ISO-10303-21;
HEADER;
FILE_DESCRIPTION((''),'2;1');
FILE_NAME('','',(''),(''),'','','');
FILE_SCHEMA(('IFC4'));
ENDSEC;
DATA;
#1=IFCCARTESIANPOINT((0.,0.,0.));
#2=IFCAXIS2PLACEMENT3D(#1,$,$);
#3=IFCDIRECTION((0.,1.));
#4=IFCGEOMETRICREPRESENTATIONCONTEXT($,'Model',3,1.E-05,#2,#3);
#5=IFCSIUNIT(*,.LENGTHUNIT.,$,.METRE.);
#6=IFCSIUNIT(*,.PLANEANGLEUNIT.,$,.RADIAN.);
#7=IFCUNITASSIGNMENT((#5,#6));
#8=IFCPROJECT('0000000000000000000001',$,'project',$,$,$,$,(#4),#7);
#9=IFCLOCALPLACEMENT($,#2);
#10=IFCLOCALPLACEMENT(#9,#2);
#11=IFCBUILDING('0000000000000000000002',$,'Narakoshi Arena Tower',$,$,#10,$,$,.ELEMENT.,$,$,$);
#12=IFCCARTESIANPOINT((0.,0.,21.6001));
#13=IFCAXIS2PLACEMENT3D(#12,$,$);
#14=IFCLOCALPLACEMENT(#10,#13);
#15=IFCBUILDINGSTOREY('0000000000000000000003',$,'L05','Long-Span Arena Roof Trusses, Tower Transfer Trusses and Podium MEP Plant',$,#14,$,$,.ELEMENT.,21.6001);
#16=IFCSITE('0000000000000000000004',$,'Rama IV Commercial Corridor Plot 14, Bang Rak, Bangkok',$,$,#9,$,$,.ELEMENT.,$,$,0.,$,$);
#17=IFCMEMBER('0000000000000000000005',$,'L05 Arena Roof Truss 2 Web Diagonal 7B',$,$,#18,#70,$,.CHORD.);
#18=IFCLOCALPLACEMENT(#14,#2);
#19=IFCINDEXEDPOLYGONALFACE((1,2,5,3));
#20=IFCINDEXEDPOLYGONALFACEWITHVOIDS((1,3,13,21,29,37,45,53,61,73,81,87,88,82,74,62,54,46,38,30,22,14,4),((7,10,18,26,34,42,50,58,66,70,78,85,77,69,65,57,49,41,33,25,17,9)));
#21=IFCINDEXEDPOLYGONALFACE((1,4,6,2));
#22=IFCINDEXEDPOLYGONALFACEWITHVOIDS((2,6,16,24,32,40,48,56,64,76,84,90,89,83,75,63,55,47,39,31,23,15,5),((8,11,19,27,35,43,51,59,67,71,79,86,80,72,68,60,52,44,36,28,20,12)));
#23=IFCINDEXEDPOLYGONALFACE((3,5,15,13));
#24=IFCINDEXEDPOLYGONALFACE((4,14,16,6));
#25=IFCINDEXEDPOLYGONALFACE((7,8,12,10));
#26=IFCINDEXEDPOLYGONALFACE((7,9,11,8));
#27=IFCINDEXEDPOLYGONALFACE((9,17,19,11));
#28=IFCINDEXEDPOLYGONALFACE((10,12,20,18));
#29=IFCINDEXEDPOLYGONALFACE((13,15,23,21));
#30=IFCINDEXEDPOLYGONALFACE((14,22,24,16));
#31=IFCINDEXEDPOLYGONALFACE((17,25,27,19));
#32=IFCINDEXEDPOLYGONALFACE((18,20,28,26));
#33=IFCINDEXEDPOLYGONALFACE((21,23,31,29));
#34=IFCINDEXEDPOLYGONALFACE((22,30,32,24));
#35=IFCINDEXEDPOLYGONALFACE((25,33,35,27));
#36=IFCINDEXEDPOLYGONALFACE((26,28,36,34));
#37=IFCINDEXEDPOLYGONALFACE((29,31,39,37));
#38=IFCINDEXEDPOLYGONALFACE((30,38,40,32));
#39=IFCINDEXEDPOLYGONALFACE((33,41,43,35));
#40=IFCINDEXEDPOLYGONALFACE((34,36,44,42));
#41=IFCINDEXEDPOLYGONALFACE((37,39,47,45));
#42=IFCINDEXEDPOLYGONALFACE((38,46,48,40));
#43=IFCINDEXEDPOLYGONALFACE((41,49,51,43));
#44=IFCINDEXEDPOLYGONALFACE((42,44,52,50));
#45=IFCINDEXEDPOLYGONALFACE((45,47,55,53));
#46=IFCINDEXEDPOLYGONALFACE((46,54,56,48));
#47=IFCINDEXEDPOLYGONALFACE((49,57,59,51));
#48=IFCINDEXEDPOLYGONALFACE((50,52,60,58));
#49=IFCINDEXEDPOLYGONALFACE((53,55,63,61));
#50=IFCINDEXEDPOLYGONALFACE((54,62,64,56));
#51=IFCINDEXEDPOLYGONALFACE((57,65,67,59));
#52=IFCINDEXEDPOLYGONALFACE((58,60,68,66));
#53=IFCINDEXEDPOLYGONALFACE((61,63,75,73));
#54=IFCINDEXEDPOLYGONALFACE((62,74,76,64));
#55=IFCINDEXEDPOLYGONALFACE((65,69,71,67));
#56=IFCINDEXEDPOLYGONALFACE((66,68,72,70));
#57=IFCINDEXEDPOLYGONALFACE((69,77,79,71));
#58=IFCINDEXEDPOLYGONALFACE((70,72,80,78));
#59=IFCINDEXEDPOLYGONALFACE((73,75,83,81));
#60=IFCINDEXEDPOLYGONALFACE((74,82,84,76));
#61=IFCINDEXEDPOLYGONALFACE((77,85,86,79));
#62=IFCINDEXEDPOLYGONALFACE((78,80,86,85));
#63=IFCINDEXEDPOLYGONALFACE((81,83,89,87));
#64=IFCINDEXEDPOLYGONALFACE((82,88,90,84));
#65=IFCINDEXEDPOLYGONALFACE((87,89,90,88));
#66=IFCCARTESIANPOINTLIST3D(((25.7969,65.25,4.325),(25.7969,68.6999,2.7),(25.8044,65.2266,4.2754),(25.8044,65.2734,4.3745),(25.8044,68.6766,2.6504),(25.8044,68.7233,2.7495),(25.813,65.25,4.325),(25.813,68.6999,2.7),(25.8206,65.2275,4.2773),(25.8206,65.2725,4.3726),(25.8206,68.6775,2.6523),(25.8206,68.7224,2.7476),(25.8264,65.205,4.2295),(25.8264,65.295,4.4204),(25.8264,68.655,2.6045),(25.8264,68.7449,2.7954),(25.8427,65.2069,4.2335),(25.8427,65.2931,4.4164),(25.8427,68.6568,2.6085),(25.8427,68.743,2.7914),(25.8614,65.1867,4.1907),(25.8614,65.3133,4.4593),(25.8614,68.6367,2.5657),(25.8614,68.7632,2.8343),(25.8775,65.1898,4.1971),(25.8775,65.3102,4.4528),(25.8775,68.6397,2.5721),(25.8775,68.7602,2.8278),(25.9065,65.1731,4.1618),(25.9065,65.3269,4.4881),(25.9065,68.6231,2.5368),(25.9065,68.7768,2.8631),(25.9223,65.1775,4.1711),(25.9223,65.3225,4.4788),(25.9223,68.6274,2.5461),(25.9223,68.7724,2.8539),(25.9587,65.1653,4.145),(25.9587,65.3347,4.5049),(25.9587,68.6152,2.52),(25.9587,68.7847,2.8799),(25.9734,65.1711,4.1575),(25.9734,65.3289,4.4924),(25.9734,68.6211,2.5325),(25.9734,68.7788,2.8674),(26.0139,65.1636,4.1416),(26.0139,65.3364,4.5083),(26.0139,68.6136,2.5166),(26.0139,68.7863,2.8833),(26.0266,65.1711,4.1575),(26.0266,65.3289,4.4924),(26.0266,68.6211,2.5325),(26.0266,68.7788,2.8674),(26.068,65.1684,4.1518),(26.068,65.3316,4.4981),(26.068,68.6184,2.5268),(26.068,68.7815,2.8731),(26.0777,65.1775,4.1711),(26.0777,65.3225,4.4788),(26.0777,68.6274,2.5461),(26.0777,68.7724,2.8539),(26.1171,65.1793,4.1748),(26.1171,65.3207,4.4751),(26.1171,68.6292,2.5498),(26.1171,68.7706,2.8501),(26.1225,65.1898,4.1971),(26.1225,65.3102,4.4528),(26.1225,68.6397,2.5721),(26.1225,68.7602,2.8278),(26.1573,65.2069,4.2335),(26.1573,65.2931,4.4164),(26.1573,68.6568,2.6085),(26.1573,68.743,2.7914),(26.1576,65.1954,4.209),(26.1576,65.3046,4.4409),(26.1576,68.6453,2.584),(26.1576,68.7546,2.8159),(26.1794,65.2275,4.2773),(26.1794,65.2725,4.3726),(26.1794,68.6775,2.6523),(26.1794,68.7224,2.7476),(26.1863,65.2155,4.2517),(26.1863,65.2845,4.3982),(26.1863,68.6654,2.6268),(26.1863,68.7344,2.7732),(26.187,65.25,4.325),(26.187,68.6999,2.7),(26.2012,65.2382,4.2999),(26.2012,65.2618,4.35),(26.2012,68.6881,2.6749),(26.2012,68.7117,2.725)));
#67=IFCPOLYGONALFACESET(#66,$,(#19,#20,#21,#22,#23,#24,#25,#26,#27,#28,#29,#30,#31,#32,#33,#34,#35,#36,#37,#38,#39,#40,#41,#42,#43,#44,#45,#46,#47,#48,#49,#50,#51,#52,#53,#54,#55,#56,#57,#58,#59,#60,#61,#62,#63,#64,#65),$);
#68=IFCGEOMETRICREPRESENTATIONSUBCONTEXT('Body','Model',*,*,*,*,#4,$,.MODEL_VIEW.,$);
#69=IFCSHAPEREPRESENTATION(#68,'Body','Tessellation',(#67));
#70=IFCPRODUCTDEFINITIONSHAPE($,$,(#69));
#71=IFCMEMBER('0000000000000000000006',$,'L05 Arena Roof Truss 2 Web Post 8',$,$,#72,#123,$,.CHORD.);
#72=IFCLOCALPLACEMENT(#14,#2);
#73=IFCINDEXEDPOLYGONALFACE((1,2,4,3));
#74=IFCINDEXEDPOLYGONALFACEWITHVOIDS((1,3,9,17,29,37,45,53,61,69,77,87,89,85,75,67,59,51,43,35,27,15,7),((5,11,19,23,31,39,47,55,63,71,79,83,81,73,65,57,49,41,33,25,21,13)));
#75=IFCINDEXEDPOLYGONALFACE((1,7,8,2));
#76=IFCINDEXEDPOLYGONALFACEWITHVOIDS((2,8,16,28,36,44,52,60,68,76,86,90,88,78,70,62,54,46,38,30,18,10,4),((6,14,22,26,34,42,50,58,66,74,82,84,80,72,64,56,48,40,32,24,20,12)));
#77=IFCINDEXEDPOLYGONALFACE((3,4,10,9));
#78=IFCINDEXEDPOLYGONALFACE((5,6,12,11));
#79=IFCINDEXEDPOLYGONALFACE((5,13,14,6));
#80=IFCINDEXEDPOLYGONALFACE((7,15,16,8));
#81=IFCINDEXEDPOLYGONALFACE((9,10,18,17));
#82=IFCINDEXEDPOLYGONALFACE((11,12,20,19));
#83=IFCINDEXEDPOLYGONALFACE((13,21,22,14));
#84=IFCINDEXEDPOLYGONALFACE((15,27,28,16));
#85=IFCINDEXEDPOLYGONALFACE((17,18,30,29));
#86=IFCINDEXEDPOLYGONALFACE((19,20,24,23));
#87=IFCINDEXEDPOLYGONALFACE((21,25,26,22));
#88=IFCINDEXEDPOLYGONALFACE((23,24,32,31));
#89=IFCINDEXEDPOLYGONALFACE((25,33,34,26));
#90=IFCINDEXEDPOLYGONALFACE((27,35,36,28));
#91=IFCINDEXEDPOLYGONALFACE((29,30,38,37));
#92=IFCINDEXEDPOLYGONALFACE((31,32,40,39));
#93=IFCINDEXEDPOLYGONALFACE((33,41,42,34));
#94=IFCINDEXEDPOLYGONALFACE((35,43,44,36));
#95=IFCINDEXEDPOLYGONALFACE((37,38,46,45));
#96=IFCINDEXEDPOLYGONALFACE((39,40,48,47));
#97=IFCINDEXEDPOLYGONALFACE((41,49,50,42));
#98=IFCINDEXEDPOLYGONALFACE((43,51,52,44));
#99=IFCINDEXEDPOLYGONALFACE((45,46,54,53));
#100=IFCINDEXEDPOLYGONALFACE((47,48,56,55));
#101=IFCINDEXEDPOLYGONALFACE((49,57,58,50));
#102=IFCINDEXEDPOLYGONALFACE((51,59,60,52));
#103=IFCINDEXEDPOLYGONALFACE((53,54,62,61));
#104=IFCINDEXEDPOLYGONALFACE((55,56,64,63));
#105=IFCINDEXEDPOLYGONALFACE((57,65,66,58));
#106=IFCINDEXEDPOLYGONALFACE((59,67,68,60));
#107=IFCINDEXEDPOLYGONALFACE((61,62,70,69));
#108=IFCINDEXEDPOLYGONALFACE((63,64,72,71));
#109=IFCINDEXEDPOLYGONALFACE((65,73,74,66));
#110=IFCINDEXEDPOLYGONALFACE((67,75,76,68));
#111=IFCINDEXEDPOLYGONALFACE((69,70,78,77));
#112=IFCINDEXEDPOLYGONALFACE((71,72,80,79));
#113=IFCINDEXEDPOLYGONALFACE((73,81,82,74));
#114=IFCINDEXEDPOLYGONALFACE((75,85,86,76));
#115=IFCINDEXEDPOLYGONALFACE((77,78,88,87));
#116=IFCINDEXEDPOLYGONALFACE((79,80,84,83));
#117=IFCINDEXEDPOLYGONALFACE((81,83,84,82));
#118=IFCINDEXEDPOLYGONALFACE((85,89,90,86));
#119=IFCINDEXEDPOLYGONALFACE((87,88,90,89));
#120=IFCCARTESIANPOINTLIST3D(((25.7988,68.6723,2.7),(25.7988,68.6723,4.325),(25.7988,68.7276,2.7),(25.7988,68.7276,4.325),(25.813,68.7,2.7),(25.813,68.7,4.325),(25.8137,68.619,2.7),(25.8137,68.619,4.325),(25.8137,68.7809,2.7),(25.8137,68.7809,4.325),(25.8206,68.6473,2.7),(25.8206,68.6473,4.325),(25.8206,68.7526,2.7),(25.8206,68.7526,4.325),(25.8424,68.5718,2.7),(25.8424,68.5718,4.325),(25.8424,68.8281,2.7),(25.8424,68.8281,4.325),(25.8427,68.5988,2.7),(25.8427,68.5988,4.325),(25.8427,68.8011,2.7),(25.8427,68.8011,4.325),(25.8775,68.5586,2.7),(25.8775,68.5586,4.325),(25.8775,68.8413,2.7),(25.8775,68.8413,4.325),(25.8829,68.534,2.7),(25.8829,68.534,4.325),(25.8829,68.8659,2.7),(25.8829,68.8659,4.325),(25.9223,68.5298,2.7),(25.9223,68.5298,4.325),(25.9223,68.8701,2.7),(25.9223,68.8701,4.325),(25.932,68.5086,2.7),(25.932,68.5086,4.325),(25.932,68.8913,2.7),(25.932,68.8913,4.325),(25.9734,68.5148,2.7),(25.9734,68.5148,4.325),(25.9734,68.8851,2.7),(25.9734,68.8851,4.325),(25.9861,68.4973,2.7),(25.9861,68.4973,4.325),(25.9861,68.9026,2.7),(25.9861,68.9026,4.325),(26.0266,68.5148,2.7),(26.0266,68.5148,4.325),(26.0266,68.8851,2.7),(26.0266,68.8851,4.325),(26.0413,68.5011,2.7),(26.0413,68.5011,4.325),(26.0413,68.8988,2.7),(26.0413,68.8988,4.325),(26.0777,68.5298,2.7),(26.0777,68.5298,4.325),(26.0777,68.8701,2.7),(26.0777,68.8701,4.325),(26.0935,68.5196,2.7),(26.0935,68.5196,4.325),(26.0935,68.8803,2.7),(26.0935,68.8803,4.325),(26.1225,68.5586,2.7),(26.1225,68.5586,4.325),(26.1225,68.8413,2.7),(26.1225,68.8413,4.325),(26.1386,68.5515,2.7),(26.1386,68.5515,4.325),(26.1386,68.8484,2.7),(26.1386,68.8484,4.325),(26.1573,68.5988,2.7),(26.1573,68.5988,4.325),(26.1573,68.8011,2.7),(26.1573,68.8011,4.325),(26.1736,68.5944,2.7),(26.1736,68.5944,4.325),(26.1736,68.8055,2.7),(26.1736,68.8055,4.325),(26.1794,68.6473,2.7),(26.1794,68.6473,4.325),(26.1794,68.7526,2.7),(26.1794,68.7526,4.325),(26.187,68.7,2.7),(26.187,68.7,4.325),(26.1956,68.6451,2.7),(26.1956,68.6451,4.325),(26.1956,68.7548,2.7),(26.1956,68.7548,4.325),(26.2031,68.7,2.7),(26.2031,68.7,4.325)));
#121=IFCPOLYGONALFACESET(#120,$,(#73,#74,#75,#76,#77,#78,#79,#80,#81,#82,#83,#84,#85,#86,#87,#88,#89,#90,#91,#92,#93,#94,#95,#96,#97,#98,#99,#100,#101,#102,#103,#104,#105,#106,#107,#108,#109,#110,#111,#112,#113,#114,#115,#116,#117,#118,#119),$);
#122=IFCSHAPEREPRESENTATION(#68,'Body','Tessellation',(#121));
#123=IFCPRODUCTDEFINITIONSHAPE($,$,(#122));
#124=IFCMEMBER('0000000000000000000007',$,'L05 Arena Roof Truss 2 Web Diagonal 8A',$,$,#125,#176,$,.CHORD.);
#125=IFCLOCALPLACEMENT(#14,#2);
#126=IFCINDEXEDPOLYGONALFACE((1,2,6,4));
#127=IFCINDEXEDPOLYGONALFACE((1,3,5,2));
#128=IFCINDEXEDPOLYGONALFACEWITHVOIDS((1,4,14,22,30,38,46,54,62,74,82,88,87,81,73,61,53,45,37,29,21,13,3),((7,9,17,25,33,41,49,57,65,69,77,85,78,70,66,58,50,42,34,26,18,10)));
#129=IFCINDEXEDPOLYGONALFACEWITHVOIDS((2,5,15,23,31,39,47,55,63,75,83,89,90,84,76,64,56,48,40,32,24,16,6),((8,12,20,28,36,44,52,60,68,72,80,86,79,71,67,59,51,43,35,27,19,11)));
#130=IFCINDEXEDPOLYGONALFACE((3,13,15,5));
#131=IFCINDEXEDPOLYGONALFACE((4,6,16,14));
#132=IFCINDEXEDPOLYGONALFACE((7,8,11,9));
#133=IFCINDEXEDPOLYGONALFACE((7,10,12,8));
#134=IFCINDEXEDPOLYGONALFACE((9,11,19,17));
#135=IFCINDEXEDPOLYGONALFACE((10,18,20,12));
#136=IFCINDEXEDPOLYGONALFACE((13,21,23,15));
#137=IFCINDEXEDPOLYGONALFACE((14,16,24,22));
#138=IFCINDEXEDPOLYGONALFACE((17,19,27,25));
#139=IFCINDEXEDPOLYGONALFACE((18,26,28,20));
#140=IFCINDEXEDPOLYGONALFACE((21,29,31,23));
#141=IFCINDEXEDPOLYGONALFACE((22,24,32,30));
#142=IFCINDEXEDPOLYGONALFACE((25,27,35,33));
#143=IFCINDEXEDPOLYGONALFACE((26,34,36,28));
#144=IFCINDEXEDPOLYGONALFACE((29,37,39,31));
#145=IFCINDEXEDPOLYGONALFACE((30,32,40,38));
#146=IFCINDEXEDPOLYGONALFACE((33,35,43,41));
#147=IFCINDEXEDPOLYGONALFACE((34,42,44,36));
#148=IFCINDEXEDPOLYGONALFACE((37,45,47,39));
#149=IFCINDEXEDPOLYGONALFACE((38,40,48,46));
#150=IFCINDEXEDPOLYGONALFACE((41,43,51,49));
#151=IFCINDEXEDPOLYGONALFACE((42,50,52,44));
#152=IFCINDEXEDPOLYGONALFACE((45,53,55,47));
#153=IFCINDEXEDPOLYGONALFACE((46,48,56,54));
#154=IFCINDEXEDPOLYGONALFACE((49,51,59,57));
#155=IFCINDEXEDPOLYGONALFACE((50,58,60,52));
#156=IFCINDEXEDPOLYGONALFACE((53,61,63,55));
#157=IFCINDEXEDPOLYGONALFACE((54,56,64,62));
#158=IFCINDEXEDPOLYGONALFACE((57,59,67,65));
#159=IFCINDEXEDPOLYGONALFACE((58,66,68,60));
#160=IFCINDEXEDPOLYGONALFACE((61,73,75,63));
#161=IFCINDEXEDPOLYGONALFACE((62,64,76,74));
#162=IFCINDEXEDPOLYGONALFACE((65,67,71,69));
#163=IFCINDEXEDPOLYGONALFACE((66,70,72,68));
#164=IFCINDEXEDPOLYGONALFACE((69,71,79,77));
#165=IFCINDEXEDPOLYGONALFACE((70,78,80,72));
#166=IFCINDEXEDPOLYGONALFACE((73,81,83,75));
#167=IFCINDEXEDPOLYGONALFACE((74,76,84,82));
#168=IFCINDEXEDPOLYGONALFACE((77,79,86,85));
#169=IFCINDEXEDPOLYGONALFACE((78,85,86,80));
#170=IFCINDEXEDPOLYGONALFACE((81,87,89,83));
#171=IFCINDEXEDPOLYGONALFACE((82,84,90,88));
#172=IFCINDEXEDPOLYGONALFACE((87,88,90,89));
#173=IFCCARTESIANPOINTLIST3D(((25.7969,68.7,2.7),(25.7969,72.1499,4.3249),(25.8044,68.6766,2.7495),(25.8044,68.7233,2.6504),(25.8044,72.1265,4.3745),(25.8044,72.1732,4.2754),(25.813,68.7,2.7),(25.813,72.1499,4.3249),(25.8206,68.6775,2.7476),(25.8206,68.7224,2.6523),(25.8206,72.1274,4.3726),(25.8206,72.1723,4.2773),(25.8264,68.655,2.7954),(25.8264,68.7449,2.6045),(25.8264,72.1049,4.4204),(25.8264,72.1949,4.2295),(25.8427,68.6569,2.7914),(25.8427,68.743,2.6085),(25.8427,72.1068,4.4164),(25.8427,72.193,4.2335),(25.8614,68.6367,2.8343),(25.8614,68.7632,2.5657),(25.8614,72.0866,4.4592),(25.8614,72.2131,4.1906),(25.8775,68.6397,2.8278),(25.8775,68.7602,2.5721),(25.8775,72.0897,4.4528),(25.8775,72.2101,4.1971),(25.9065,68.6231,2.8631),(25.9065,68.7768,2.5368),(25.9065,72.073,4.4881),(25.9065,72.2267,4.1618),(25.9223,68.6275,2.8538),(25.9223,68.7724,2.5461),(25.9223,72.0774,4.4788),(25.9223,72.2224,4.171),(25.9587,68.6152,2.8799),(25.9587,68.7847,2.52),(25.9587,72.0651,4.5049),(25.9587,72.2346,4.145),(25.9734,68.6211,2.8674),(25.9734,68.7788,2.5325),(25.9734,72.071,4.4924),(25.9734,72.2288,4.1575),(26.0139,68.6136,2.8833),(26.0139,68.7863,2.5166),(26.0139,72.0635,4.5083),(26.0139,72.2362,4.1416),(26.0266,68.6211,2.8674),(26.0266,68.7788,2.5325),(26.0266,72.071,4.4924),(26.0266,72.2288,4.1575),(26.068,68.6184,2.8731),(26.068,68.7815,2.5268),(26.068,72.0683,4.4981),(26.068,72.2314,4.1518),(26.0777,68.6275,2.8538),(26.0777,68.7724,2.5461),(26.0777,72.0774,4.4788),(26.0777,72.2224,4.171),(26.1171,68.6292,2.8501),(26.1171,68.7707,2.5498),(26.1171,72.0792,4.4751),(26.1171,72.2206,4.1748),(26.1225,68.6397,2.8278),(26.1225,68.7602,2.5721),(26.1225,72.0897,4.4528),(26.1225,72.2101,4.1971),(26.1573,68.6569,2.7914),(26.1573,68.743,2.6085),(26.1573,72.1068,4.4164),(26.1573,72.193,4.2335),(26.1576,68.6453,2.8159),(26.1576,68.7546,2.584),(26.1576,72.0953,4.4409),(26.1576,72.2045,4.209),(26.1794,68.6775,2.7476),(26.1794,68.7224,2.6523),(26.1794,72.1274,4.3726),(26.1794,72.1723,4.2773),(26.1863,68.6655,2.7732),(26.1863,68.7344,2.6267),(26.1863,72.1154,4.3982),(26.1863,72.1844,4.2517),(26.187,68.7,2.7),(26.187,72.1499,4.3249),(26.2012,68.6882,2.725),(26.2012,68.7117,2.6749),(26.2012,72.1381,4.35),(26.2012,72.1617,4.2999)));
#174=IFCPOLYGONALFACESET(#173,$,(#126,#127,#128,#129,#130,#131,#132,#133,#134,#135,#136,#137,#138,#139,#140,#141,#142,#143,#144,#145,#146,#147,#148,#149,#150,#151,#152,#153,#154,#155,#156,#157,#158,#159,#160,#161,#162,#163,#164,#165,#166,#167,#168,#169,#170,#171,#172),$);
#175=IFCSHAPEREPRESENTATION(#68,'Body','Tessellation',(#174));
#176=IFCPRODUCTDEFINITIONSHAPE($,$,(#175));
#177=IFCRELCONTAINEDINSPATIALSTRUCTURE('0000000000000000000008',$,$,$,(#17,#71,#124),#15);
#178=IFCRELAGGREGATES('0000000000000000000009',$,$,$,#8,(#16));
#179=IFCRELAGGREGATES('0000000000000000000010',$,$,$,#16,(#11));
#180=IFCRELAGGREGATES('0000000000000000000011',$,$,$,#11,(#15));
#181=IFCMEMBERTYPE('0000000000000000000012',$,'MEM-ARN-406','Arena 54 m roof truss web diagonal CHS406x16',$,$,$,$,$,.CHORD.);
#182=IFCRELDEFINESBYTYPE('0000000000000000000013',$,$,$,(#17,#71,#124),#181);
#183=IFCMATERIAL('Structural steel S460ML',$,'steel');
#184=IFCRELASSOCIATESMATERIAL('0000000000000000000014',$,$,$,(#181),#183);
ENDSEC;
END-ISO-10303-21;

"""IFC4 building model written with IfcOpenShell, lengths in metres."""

from ifc_helpers import new_model, si_unit, direction, frame, origin, origin_2d, place, context, subcontext, project, spatial, hollow_circle, extrude, material, material_profile, profile_set, type_object, element, save


model = new_model("IFC4")

# Units and contexts
model_context = context("Model", 3, precision=1e-05, world=origin(), true_north=direction((0.0, 1.0)))
body_context = subcontext(model_context, "Body", "Model", "MODEL_VIEW")
ifc_project = project(units=[si_unit("LENGTHUNIT", "METRE"), si_unit("PLANEANGLEUNIT", "RADIAN")], contexts=[model_context])

# Site, building, storey
site_placement = place(None, origin())
site = spatial("IfcSite", under=ifc_project, at=site_placement, Name="Rama IV Commercial Corridor Plot 14, Bang Rak, Bangkok", CompositionType="ELEMENT", RefElevation=0.0)
building_placement = place(site_placement, origin())
building = spatial("IfcBuilding", under=site, at=building_placement, Name="Narakoshi Arena Tower", CompositionType="ELEMENT")
storey_placement = place(building_placement, frame((0.0, 0.0, 21.6001)))
storey = spatial("IfcBuildingStorey", under=building, at=storey_placement, Name="L05", Description="Long-Span Arena Roof Trusses, Tower Transfer Trusses and Podium MEP Plant", CompositionType="ELEMENT", Elevation=21.6001)

# Shared definitions
ifc_material_1 = material(Name="Structural steel S460ML", Category="steel")

# Members
ifc_material_profile_1 = material_profile(ifc_material_1, hollow_circle(Radius=0.2031, WallThickness=0.0161, at=origin_2d()), Name="CHS406x16")
ifc_profile_set_1 = profile_set([ifc_material_profile_1], Name="Structural steel S460ML")
member_type = type_object("IfcMemberType", Name="MEM-ARN-406", Description="Arena 54 m roof truss web diagonal CHS406x16", PredefinedType="CHORD", material=ifc_profile_set_1)
member_1_placement = place(storey_placement, frame((26.0, 65.25, 4.325), z_axis=(0.0, 0.904668, -0.426118), x_axis=(-1.0, 0.0, 0.0)))
element("IfcMember", 1, at=member_1_placement, inside=storey, type_object=member_type, Name="L05 Arena Roof Truss 2 Web Diagonal 7B", PredefinedType="CHORD", context=body_context, shape_type="SweptSolid", body=[
    extrude(hollow_circle(Radius=0.2031, WallThickness=0.0161, at=origin_2d()), origin(), (0.0, 0.0, 1.0), 3.8135),
])
member_2_placement = place(storey_placement, frame((26.0, 68.7, 2.7), z_axis=(0.0, 0.0, 1.0), x_axis=(1.0, 0.0, 0.0)))
element("IfcMember", 2, at=member_2_placement, inside=storey, type_object=member_type, Name="L05 Arena Roof Truss 2 Web Post 8", PredefinedType="CHORD", context=body_context, shape_type="SweptSolid", body=[
    extrude(hollow_circle(Radius=0.2031, WallThickness=0.0161, at=origin_2d()), origin(), (0.0, 0.0, 1.0), 1.625),
])
member_3_placement = place(storey_placement, frame((26.0, 68.7, 2.7), z_axis=(0.0, 0.904668, 0.426118), x_axis=(-1.0, 0.0, 0.0)))
element("IfcMember", 3, at=member_3_placement, inside=storey, type_object=member_type, Name="L05 Arena Roof Truss 2 Web Diagonal 8A", PredefinedType="CHORD", context=body_context, shape_type="SweptSolid", body=[
    extrude(hollow_circle(Radius=0.2031, WallThickness=0.0161, at=origin_2d()), origin(), (0.0, 0.0, 1.0), 3.8135),
])

save(model, "model.ifc")
